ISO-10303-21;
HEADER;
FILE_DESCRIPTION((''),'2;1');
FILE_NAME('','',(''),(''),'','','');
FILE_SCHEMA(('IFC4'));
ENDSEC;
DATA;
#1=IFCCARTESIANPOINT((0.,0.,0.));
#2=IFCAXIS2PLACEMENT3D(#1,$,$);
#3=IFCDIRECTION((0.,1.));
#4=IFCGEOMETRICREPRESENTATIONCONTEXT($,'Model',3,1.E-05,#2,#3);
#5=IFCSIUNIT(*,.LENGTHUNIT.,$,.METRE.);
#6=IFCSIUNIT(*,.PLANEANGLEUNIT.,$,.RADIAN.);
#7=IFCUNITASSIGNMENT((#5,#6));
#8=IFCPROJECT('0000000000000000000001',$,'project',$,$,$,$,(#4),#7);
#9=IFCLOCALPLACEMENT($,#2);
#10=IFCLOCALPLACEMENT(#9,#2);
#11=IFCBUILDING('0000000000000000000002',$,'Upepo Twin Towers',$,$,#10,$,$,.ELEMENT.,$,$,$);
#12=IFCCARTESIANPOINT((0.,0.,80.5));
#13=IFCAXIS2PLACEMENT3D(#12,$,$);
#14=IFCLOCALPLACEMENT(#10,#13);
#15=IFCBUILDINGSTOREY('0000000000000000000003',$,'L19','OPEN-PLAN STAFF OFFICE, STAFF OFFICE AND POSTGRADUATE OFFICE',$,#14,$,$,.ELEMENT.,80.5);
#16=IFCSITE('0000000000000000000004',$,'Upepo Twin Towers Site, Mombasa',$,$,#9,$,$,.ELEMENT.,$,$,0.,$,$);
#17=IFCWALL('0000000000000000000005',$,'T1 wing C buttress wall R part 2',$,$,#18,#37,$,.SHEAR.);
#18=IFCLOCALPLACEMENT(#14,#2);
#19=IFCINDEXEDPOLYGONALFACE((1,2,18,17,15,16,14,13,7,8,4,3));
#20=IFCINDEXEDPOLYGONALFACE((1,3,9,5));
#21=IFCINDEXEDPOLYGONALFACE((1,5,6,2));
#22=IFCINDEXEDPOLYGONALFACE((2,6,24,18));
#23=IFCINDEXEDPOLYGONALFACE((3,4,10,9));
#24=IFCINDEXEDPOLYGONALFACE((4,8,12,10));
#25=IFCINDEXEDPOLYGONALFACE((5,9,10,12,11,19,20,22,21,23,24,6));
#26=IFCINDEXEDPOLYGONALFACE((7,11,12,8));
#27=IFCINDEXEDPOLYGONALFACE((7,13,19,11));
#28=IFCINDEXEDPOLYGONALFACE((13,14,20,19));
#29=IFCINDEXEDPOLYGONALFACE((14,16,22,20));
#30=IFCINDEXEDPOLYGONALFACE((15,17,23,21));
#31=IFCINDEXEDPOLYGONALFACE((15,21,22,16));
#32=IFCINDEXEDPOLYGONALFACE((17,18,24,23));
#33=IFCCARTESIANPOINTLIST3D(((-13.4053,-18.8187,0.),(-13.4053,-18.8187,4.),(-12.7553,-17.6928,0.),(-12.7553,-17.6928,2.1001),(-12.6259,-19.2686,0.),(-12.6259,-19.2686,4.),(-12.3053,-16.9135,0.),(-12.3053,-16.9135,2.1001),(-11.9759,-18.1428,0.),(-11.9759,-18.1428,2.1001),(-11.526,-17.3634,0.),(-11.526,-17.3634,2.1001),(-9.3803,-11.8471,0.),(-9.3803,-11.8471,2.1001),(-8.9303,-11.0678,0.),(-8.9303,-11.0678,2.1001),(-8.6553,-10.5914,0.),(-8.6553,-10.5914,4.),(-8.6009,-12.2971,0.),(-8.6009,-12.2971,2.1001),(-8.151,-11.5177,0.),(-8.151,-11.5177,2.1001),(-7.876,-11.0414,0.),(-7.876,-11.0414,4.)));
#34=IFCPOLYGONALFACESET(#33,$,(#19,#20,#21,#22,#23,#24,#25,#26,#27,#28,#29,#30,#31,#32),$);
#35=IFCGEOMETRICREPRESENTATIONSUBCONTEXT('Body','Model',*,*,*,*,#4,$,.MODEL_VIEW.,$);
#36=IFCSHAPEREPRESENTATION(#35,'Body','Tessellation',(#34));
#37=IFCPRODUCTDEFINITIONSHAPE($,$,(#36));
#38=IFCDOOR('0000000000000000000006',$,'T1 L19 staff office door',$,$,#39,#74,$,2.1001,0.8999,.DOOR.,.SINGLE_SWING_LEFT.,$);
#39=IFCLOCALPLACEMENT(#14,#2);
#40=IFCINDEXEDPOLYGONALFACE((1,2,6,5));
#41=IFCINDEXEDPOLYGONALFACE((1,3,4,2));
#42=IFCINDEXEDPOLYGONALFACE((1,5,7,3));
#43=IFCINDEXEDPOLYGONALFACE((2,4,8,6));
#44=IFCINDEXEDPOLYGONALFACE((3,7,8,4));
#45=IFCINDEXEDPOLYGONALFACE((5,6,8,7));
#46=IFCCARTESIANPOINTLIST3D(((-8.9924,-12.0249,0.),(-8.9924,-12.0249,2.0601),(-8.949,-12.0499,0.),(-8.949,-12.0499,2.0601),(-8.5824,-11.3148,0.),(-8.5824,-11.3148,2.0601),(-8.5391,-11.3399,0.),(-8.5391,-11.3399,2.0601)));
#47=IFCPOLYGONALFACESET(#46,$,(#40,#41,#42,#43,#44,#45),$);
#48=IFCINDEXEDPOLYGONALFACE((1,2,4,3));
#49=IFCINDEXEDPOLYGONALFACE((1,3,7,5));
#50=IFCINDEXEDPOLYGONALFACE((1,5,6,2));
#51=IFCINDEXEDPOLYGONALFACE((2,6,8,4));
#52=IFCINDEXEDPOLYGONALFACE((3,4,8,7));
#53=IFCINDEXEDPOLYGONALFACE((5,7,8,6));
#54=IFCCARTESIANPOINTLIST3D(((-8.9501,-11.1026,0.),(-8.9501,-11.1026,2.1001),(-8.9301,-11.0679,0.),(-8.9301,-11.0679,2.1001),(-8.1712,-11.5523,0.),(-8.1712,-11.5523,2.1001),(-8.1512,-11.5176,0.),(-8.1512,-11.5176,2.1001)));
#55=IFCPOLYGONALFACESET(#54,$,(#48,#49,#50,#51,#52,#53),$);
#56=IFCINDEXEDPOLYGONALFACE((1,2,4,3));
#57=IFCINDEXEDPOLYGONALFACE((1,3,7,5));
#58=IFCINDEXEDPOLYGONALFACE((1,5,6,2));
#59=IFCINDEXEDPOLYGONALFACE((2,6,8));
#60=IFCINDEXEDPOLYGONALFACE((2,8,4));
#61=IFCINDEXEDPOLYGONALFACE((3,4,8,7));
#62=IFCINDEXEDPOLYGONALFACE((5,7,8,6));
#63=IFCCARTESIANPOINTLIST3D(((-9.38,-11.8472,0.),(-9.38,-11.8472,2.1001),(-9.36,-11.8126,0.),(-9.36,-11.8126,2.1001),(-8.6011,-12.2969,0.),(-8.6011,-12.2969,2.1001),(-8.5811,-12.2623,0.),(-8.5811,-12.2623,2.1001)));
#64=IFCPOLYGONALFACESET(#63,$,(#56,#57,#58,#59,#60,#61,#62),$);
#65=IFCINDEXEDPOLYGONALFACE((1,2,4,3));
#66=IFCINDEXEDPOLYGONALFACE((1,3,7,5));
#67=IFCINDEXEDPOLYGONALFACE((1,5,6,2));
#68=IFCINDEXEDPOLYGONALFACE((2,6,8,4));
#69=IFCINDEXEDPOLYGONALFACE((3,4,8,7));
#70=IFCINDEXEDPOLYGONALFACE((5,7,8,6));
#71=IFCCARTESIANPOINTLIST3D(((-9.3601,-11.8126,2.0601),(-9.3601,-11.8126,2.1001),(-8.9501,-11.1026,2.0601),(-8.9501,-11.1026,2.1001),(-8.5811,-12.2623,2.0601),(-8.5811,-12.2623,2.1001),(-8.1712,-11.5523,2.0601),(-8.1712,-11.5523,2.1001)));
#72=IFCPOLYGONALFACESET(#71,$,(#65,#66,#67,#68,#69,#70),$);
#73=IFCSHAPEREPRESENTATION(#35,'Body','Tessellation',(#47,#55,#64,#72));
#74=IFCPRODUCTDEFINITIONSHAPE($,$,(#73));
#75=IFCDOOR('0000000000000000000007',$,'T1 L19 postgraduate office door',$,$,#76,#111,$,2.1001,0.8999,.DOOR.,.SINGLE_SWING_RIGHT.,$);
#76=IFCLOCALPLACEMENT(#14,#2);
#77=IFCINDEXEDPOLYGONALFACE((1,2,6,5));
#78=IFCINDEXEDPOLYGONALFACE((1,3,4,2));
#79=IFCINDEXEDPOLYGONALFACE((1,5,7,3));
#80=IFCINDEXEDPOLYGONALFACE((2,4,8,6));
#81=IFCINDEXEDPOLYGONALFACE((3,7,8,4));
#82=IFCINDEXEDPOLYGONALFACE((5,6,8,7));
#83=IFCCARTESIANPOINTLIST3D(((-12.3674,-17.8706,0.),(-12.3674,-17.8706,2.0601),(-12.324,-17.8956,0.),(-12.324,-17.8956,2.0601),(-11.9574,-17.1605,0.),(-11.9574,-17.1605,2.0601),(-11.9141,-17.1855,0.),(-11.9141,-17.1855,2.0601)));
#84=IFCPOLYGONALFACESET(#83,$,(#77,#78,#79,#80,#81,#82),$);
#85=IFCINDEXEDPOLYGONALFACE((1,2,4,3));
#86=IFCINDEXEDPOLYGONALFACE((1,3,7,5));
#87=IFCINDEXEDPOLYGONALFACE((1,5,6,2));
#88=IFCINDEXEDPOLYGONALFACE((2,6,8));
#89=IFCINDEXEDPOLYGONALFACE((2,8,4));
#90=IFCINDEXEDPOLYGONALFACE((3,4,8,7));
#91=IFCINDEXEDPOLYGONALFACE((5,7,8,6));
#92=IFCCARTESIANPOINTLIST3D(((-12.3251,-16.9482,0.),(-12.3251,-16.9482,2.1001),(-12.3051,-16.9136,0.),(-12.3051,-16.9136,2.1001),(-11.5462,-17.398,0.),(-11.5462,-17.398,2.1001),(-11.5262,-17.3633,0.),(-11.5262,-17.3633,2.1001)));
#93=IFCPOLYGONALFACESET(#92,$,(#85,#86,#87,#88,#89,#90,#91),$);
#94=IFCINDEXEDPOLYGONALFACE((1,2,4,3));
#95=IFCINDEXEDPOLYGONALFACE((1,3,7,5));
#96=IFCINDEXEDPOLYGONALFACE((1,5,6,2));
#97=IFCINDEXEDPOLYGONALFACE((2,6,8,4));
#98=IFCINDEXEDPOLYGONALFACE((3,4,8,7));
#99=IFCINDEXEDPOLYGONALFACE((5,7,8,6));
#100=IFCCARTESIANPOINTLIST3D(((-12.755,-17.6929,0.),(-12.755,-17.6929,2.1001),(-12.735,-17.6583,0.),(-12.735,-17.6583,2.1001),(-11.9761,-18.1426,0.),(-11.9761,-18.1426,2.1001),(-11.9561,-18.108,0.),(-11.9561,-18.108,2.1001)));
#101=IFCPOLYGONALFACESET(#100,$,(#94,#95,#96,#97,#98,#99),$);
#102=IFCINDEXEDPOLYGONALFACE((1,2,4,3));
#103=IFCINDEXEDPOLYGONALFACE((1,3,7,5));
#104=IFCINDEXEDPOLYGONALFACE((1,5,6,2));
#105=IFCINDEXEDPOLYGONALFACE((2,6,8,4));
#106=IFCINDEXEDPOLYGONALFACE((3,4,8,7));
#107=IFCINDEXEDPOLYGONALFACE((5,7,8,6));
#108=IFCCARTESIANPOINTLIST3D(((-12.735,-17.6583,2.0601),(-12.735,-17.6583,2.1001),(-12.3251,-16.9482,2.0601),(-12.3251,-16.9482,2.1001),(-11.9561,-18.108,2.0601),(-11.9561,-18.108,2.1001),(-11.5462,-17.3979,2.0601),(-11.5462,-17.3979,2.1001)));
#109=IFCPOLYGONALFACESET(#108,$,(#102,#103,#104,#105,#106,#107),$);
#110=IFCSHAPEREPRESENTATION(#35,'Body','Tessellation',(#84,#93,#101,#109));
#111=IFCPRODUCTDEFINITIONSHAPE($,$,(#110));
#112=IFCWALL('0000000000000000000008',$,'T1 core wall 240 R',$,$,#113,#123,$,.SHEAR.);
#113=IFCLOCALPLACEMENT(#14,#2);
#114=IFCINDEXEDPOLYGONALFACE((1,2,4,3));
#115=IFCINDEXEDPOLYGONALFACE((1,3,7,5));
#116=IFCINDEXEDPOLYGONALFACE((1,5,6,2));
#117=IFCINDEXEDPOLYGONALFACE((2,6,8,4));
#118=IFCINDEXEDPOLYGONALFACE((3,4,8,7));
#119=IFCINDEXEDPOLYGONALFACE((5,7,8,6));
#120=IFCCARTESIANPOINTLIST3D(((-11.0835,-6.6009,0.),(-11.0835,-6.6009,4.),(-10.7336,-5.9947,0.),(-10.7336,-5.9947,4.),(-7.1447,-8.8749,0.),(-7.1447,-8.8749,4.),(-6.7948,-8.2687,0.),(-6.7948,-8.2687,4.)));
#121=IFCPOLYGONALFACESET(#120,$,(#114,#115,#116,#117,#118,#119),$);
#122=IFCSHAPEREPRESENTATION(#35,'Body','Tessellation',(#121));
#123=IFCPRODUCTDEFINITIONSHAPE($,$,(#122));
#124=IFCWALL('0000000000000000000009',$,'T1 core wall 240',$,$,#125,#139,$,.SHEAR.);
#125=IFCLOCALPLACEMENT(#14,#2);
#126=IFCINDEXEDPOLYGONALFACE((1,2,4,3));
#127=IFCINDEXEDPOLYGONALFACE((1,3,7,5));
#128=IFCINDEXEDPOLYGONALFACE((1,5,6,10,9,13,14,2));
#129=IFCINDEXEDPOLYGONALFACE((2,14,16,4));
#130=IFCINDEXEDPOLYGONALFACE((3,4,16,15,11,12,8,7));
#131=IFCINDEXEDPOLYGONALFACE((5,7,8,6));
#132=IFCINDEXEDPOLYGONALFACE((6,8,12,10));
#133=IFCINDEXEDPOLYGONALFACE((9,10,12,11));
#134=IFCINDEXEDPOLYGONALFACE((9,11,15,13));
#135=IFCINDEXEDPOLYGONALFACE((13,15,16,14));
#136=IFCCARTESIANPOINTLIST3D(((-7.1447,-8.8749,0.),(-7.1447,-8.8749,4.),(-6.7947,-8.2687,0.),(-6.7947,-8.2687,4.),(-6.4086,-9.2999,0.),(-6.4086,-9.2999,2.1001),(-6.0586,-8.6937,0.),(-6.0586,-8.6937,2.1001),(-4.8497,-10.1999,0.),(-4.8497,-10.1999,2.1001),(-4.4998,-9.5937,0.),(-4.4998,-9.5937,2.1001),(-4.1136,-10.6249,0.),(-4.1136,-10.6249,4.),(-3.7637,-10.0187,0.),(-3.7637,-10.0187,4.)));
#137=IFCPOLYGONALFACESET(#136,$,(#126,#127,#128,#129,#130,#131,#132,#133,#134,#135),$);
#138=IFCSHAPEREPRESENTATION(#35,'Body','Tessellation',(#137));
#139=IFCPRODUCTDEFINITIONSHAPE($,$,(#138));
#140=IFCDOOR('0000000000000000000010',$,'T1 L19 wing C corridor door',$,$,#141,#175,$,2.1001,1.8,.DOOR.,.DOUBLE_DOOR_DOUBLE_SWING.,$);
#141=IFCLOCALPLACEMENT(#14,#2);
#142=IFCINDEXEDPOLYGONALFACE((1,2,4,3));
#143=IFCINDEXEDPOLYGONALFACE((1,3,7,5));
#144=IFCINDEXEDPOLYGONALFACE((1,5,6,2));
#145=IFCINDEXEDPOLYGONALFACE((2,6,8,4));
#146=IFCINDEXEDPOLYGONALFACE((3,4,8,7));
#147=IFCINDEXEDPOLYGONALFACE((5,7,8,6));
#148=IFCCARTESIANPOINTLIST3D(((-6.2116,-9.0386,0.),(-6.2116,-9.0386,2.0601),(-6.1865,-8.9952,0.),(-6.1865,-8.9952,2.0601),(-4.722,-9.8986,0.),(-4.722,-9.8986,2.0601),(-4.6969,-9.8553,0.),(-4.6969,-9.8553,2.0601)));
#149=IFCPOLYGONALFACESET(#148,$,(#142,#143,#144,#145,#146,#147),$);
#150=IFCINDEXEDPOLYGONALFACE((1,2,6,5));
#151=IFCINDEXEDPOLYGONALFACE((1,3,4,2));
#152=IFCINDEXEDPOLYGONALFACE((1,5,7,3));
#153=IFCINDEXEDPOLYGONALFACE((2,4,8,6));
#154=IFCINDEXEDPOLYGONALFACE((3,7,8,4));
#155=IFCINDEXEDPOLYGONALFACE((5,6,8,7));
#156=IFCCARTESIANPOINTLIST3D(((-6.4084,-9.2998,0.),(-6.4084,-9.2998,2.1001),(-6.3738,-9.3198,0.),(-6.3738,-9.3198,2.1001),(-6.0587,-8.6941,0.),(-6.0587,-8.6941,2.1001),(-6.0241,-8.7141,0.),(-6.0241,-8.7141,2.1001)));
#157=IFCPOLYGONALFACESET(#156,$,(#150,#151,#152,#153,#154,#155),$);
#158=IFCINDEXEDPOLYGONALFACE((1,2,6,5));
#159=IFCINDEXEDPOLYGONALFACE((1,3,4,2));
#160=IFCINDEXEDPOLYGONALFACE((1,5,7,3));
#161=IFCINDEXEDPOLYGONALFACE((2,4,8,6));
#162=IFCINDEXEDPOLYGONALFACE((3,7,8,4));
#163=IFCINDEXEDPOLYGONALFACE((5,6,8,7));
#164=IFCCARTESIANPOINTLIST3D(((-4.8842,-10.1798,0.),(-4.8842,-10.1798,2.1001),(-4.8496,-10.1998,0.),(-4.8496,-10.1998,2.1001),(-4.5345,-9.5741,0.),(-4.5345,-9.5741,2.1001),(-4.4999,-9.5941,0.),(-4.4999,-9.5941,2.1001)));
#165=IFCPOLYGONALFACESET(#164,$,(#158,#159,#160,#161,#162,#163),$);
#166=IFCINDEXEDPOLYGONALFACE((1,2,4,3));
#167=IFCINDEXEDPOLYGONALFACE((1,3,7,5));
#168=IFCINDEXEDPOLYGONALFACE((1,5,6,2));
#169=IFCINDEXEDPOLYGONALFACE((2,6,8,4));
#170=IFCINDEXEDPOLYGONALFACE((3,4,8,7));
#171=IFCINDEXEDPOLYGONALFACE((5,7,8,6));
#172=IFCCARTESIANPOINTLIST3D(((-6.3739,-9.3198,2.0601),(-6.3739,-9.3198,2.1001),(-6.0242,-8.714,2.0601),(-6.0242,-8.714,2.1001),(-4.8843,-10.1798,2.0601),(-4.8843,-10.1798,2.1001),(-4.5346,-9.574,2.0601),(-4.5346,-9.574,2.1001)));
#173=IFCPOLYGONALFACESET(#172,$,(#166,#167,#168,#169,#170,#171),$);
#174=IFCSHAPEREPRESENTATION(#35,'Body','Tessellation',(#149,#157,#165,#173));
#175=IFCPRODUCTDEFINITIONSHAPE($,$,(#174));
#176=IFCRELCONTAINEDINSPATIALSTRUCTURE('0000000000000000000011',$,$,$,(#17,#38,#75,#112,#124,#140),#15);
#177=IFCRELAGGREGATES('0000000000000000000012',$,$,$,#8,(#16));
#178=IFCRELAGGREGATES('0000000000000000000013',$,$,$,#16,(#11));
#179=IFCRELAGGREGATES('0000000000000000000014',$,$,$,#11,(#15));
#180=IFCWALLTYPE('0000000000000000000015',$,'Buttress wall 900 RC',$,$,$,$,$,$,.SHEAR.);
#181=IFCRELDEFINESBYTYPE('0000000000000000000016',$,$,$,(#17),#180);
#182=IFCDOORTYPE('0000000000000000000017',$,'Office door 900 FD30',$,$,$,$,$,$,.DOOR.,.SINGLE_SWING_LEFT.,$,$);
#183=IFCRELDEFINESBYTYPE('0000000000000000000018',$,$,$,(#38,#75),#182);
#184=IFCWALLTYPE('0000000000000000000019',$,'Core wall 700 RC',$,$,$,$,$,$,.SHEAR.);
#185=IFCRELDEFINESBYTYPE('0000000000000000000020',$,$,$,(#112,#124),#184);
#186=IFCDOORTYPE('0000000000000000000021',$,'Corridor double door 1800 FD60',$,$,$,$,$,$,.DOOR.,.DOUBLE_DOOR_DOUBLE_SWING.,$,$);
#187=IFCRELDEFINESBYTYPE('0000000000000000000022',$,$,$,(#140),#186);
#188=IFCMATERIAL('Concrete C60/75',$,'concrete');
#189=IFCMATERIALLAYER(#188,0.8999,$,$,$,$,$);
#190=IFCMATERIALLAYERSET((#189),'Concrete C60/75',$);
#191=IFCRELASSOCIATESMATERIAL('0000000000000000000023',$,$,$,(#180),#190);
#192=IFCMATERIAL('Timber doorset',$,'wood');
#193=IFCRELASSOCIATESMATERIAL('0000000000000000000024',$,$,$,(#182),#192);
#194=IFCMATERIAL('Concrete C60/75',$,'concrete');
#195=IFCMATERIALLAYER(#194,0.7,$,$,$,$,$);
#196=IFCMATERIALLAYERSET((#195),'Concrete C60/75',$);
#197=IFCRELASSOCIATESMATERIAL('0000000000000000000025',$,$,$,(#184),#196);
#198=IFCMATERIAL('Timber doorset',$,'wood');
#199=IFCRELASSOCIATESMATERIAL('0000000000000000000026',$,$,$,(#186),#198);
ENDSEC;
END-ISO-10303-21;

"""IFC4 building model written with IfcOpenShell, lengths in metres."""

from ifc_helpers import new_model, si_unit, direction, frame, frame_2d, origin, place, context, subcontext, project, spatial, rectangle, extrude, material, layer, layer_set, type_object, element, fill, save


model = new_model("IFC4")

# Units and contexts
model_context = context("Model", 3, precision=1e-05, world=origin(), true_north=direction((0.0, 1.0)))
body_context = subcontext(model_context, "Body", "Model", "MODEL_VIEW")
ifc_project = project(units=[si_unit("LENGTHUNIT", "METRE"), si_unit("PLANEANGLEUNIT", "RADIAN")], contexts=[model_context])

# Site, building, storey
site_placement = place(None, origin())
site = spatial("IfcSite", under=ifc_project, at=site_placement, Name="Upepo Twin Towers Site, Mombasa", CompositionType="ELEMENT", RefElevation=0.0)
building_placement = place(site_placement, origin())
building = spatial("IfcBuilding", under=site, at=building_placement, Name="Upepo Twin Towers", CompositionType="ELEMENT")
storey_placement = place(building_placement, frame((0.0, 0.0, 80.5)))
storey = spatial("IfcBuildingStorey", under=building, at=storey_placement, Name="L19", Description="OPEN-PLAN STAFF OFFICE, STAFF OFFICE AND POSTGRADUATE OFFICE", CompositionType="ELEMENT", Elevation=80.5)

# Wall, openings, doors
ifc_material_1 = material(Name="Concrete C60/75", Category="concrete")
ifc_layer_1 = layer(ifc_material_1, 0.8999)
ifc_layer_set_1 = layer_set([ifc_layer_1], Name="Concrete C60/75")
wall_type_1 = type_object("IfcWallType", Name="Buttress wall 900 RC", PredefinedType="SHEAR", material=ifc_layer_set_1)
wall_1_placement = place(storey_placement, frame((-8.2656, -10.8164, 0.0), z_axis=(0.0, 0.0, 1.0), x_axis=(-0.499998, -0.866027, 0.0)))
wall_1 = element("IfcWall", 1, at=wall_1_placement, inside=storey, type_object=wall_type_1, Name="T1 wing C buttress wall R part 2", PredefinedType="SHEAR", context=body_context, shape_type="SweptSolid", body=[
    extrude(rectangle(XDim=9.5, YDim=0.8999, at=frame_2d((4.75, 0.0))), origin(), (0.0, 0.0, 1.0), 4.0),
])
opening_1_placement = place(wall_1_placement, frame((0.55, 0.0, 0.0)))
opening_1 = element("IfcOpeningElement", 2, at=opening_1_placement, cuts=wall_1, PredefinedType="OPENING", context=body_context, shape_type="SweptSolid", body=[
    extrude(rectangle(XDim=0.8999, YDim=2.1001, at=frame_2d((0.45, 1.05))), frame((0.0, 0.46, 0.0), z_axis=(0.0, -1.0, 0.0), x_axis=(1.0, 0.0, 0.0)), (0.0, 0.0, 1.0), 0.9199),
])
opening_2_placement = place(wall_1_placement, frame((7.3, 0.0, 0.0)))
opening_2 = element("IfcOpeningElement", 3, at=opening_2_placement, cuts=wall_1, PredefinedType="OPENING", context=body_context, shape_type="SweptSolid", body=[
    extrude(rectangle(XDim=0.8999, YDim=2.1001, at=frame_2d((0.45, 1.05))), frame((0.0, 0.46, 0.0), z_axis=(0.0, -1.0, 0.0), x_axis=(1.0, 0.0, 0.0)), (0.0, 0.0, 1.0), 0.9199),
])
ifc_material_2 = material(Name="Timber doorset", Category="wood")
door_type_1 = type_object("IfcDoorType", Name="Office door 900 FD30", OperationType="SINGLE_SWING_LEFT", PredefinedType="DOOR", material=ifc_material_2)
door_1_placement = place(opening_1_placement, origin())
door_1 = element("IfcDoor", 4, at=door_1_placement, inside=storey, type_object=door_type_1, Name="T1 L19 staff office door", OperationType="SINGLE_SWING_LEFT", OverallHeight=2.1001, OverallWidth=0.8999, PredefinedType="DOOR", context=body_context, shape_type="SweptSolid", body=[
    extrude(rectangle(XDim=0.8199, YDim=2.0601, at=frame_2d((0.45, 1.03))), frame((0.0, 0.0249, 0.0), z_axis=(0.0, -1.0, 0.0), x_axis=(1.0, 0.0, 0.0)), (0.0, 0.0, 1.0), 0.05),
    extrude(rectangle(XDim=0.04, YDim=2.1001, at=frame_2d((0.02, 1.05))), frame((0.0, 0.4497, 0.0), z_axis=(0.0, -1.0, 0.0), x_axis=(1.0, 0.0, 0.0)), (0.0, 0.0, 1.0), 0.8994),
    extrude(rectangle(XDim=0.04, YDim=2.1001, at=frame_2d((0.8799, 1.05))), frame((0.0, 0.4497, 0.0), z_axis=(0.0, -1.0, 0.0), x_axis=(1.0, 0.0, 0.0)), (0.0, 0.0, 1.0), 0.8994),
    extrude(rectangle(XDim=0.8199, YDim=0.04, at=frame_2d((0.45, 2.0801))), frame((0.0, 0.4497, 0.0), z_axis=(0.0, -1.0, 0.0), x_axis=(1.0, 0.0, 0.0)), (0.0, 0.0, 1.0), 0.8994),
])
fill(opening_1, door_1)
door_2_placement = place(opening_2_placement, origin())
door_2 = element("IfcDoor", 5, at=door_2_placement, inside=storey, type_object=door_type_1, Name="T1 L19 postgraduate office door", OperationType="SINGLE_SWING_RIGHT", OverallHeight=2.1001, OverallWidth=0.8999, PredefinedType="DOOR", context=body_context, shape_type="SweptSolid", body=[
    extrude(rectangle(XDim=0.8199, YDim=2.0601, at=frame_2d((0.45, 1.03))), frame((0.0, 0.0249, 0.0), z_axis=(0.0, -1.0, 0.0), x_axis=(1.0, 0.0, 0.0)), (0.0, 0.0, 1.0), 0.05),
    extrude(rectangle(XDim=0.04, YDim=2.1001, at=frame_2d((0.02, 1.05))), frame((0.0, 0.4497, 0.0), z_axis=(0.0, -1.0, 0.0), x_axis=(1.0, 0.0, 0.0)), (0.0, 0.0, 1.0), 0.8994),
    extrude(rectangle(XDim=0.04, YDim=2.1001, at=frame_2d((0.8799, 1.05))), frame((0.0, 0.4497, 0.0), z_axis=(0.0, -1.0, 0.0), x_axis=(1.0, 0.0, 0.0)), (0.0, 0.0, 1.0), 0.8994),
    extrude(rectangle(XDim=0.8199, YDim=0.04, at=frame_2d((0.45, 2.0801))), frame((0.0, 0.4497, 0.0), z_axis=(0.0, -1.0, 0.0), x_axis=(1.0, 0.0, 0.0)), (0.0, 0.0, 1.0), 0.8994),
])
fill(opening_2, door_2)

# Wall
ifc_material_3 = material(Name="Concrete C60/75", Category="concrete")
ifc_layer_2 = layer(ifc_material_3, 0.7)
ifc_layer_set_2 = layer_set([ifc_layer_2], Name="Concrete C60/75")
wall_type_2 = type_object("IfcWallType", Name="Core wall 700 RC", PredefinedType="SHEAR", material=ifc_layer_set_2)
wall_2_placement = place(storey_placement, frame((-10.9084, -6.2979, 0.0), z_axis=(0.0, 0.0, 1.0), x_axis=(0.866035, -0.499984, 0.0)))
element("IfcWall", 6, at=wall_2_placement, inside=storey, type_object=wall_type_2, Name="T1 core wall 240 R", PredefinedType="SHEAR", context=body_context, shape_type="SweptSolid", body=[
    extrude(rectangle(XDim=4.5481, YDim=0.7, at=frame_2d((2.2739, 0.0))), origin(), (0.0, 0.0, 1.0), 4.0),
])

# Wall, opening, door
wall_3_placement = place(storey_placement, frame((-6.9697, -8.5718, 0.0), z_axis=(0.0, 0.0, 1.0), x_axis=(0.866019, -0.50001, 0.0)))
wall_3 = element("IfcWall", 7, at=wall_3_placement, inside=storey, type_object=wall_type_2, Name="T1 core wall 240", PredefinedType="SHEAR", context=body_context, shape_type="SweptSolid", body=[
    extrude(rectangle(XDim=3.5, YDim=0.7, at=frame_2d((1.75, 0.0))), origin(), (0.0, 0.0, 1.0), 4.0),
])
opening_3_placement = place(wall_3_placement, frame((0.8501, 0.0, 0.0)))
opening_3 = element("IfcOpeningElement", 8, at=opening_3_placement, cuts=wall_3, PredefinedType="OPENING", context=body_context, shape_type="SweptSolid", body=[
    extrude(rectangle(XDim=1.8, YDim=2.1001, at=frame_2d((0.8999, 1.05))), frame((0.0, 0.3599, 0.0), z_axis=(0.0, -1.0, 0.0), x_axis=(1.0, 0.0, 0.0)), (0.0, 0.0, 1.0), 0.72),
])
ifc_material_4 = material(Name="Timber doorset", Category="wood")
door_type_2 = type_object("IfcDoorType", Name="Corridor double door 1800 FD60", OperationType="DOUBLE_DOOR_DOUBLE_SWING", PredefinedType="DOOR", material=ifc_material_4)
door_3_placement = place(opening_3_placement, origin())
door_3 = element("IfcDoor", 9, at=door_3_placement, inside=storey, type_object=door_type_2, Name="T1 L19 wing C corridor door", OperationType="DOUBLE_DOOR_DOUBLE_SWING", OverallHeight=2.1001, OverallWidth=1.8, PredefinedType="DOOR", context=body_context, shape_type="SweptSolid", body=[
    extrude(rectangle(XDim=1.72, YDim=2.0601, at=frame_2d((0.8999, 1.03))), frame((0.0, 0.0249, 0.0), z_axis=(0.0, -1.0, 0.0), x_axis=(1.0, 0.0, 0.0)), (0.0, 0.0, 1.0), 0.05),
    extrude(rectangle(XDim=0.04, YDim=2.1001, at=frame_2d((0.02, 1.05))), frame((0.0, 0.3496, 0.0), z_axis=(0.0, -1.0, 0.0), x_axis=(1.0, 0.0, 0.0)), (0.0, 0.0, 1.0), 0.6995),
    extrude(rectangle(XDim=0.04, YDim=2.1001, at=frame_2d((1.78, 1.05))), frame((0.0, 0.3496, 0.0), z_axis=(0.0, -1.0, 0.0), x_axis=(1.0, 0.0, 0.0)), (0.0, 0.0, 1.0), 0.6995),
    extrude(rectangle(XDim=1.72, YDim=0.04, at=frame_2d((0.8999, 2.0801))), frame((0.0, 0.3496, 0.0), z_axis=(0.0, -1.0, 0.0), x_axis=(1.0, 0.0, 0.0)), (0.0, 0.0, 1.0), 0.6995),
])
fill(opening_3, door_3)

save(model, "model.ifc")
